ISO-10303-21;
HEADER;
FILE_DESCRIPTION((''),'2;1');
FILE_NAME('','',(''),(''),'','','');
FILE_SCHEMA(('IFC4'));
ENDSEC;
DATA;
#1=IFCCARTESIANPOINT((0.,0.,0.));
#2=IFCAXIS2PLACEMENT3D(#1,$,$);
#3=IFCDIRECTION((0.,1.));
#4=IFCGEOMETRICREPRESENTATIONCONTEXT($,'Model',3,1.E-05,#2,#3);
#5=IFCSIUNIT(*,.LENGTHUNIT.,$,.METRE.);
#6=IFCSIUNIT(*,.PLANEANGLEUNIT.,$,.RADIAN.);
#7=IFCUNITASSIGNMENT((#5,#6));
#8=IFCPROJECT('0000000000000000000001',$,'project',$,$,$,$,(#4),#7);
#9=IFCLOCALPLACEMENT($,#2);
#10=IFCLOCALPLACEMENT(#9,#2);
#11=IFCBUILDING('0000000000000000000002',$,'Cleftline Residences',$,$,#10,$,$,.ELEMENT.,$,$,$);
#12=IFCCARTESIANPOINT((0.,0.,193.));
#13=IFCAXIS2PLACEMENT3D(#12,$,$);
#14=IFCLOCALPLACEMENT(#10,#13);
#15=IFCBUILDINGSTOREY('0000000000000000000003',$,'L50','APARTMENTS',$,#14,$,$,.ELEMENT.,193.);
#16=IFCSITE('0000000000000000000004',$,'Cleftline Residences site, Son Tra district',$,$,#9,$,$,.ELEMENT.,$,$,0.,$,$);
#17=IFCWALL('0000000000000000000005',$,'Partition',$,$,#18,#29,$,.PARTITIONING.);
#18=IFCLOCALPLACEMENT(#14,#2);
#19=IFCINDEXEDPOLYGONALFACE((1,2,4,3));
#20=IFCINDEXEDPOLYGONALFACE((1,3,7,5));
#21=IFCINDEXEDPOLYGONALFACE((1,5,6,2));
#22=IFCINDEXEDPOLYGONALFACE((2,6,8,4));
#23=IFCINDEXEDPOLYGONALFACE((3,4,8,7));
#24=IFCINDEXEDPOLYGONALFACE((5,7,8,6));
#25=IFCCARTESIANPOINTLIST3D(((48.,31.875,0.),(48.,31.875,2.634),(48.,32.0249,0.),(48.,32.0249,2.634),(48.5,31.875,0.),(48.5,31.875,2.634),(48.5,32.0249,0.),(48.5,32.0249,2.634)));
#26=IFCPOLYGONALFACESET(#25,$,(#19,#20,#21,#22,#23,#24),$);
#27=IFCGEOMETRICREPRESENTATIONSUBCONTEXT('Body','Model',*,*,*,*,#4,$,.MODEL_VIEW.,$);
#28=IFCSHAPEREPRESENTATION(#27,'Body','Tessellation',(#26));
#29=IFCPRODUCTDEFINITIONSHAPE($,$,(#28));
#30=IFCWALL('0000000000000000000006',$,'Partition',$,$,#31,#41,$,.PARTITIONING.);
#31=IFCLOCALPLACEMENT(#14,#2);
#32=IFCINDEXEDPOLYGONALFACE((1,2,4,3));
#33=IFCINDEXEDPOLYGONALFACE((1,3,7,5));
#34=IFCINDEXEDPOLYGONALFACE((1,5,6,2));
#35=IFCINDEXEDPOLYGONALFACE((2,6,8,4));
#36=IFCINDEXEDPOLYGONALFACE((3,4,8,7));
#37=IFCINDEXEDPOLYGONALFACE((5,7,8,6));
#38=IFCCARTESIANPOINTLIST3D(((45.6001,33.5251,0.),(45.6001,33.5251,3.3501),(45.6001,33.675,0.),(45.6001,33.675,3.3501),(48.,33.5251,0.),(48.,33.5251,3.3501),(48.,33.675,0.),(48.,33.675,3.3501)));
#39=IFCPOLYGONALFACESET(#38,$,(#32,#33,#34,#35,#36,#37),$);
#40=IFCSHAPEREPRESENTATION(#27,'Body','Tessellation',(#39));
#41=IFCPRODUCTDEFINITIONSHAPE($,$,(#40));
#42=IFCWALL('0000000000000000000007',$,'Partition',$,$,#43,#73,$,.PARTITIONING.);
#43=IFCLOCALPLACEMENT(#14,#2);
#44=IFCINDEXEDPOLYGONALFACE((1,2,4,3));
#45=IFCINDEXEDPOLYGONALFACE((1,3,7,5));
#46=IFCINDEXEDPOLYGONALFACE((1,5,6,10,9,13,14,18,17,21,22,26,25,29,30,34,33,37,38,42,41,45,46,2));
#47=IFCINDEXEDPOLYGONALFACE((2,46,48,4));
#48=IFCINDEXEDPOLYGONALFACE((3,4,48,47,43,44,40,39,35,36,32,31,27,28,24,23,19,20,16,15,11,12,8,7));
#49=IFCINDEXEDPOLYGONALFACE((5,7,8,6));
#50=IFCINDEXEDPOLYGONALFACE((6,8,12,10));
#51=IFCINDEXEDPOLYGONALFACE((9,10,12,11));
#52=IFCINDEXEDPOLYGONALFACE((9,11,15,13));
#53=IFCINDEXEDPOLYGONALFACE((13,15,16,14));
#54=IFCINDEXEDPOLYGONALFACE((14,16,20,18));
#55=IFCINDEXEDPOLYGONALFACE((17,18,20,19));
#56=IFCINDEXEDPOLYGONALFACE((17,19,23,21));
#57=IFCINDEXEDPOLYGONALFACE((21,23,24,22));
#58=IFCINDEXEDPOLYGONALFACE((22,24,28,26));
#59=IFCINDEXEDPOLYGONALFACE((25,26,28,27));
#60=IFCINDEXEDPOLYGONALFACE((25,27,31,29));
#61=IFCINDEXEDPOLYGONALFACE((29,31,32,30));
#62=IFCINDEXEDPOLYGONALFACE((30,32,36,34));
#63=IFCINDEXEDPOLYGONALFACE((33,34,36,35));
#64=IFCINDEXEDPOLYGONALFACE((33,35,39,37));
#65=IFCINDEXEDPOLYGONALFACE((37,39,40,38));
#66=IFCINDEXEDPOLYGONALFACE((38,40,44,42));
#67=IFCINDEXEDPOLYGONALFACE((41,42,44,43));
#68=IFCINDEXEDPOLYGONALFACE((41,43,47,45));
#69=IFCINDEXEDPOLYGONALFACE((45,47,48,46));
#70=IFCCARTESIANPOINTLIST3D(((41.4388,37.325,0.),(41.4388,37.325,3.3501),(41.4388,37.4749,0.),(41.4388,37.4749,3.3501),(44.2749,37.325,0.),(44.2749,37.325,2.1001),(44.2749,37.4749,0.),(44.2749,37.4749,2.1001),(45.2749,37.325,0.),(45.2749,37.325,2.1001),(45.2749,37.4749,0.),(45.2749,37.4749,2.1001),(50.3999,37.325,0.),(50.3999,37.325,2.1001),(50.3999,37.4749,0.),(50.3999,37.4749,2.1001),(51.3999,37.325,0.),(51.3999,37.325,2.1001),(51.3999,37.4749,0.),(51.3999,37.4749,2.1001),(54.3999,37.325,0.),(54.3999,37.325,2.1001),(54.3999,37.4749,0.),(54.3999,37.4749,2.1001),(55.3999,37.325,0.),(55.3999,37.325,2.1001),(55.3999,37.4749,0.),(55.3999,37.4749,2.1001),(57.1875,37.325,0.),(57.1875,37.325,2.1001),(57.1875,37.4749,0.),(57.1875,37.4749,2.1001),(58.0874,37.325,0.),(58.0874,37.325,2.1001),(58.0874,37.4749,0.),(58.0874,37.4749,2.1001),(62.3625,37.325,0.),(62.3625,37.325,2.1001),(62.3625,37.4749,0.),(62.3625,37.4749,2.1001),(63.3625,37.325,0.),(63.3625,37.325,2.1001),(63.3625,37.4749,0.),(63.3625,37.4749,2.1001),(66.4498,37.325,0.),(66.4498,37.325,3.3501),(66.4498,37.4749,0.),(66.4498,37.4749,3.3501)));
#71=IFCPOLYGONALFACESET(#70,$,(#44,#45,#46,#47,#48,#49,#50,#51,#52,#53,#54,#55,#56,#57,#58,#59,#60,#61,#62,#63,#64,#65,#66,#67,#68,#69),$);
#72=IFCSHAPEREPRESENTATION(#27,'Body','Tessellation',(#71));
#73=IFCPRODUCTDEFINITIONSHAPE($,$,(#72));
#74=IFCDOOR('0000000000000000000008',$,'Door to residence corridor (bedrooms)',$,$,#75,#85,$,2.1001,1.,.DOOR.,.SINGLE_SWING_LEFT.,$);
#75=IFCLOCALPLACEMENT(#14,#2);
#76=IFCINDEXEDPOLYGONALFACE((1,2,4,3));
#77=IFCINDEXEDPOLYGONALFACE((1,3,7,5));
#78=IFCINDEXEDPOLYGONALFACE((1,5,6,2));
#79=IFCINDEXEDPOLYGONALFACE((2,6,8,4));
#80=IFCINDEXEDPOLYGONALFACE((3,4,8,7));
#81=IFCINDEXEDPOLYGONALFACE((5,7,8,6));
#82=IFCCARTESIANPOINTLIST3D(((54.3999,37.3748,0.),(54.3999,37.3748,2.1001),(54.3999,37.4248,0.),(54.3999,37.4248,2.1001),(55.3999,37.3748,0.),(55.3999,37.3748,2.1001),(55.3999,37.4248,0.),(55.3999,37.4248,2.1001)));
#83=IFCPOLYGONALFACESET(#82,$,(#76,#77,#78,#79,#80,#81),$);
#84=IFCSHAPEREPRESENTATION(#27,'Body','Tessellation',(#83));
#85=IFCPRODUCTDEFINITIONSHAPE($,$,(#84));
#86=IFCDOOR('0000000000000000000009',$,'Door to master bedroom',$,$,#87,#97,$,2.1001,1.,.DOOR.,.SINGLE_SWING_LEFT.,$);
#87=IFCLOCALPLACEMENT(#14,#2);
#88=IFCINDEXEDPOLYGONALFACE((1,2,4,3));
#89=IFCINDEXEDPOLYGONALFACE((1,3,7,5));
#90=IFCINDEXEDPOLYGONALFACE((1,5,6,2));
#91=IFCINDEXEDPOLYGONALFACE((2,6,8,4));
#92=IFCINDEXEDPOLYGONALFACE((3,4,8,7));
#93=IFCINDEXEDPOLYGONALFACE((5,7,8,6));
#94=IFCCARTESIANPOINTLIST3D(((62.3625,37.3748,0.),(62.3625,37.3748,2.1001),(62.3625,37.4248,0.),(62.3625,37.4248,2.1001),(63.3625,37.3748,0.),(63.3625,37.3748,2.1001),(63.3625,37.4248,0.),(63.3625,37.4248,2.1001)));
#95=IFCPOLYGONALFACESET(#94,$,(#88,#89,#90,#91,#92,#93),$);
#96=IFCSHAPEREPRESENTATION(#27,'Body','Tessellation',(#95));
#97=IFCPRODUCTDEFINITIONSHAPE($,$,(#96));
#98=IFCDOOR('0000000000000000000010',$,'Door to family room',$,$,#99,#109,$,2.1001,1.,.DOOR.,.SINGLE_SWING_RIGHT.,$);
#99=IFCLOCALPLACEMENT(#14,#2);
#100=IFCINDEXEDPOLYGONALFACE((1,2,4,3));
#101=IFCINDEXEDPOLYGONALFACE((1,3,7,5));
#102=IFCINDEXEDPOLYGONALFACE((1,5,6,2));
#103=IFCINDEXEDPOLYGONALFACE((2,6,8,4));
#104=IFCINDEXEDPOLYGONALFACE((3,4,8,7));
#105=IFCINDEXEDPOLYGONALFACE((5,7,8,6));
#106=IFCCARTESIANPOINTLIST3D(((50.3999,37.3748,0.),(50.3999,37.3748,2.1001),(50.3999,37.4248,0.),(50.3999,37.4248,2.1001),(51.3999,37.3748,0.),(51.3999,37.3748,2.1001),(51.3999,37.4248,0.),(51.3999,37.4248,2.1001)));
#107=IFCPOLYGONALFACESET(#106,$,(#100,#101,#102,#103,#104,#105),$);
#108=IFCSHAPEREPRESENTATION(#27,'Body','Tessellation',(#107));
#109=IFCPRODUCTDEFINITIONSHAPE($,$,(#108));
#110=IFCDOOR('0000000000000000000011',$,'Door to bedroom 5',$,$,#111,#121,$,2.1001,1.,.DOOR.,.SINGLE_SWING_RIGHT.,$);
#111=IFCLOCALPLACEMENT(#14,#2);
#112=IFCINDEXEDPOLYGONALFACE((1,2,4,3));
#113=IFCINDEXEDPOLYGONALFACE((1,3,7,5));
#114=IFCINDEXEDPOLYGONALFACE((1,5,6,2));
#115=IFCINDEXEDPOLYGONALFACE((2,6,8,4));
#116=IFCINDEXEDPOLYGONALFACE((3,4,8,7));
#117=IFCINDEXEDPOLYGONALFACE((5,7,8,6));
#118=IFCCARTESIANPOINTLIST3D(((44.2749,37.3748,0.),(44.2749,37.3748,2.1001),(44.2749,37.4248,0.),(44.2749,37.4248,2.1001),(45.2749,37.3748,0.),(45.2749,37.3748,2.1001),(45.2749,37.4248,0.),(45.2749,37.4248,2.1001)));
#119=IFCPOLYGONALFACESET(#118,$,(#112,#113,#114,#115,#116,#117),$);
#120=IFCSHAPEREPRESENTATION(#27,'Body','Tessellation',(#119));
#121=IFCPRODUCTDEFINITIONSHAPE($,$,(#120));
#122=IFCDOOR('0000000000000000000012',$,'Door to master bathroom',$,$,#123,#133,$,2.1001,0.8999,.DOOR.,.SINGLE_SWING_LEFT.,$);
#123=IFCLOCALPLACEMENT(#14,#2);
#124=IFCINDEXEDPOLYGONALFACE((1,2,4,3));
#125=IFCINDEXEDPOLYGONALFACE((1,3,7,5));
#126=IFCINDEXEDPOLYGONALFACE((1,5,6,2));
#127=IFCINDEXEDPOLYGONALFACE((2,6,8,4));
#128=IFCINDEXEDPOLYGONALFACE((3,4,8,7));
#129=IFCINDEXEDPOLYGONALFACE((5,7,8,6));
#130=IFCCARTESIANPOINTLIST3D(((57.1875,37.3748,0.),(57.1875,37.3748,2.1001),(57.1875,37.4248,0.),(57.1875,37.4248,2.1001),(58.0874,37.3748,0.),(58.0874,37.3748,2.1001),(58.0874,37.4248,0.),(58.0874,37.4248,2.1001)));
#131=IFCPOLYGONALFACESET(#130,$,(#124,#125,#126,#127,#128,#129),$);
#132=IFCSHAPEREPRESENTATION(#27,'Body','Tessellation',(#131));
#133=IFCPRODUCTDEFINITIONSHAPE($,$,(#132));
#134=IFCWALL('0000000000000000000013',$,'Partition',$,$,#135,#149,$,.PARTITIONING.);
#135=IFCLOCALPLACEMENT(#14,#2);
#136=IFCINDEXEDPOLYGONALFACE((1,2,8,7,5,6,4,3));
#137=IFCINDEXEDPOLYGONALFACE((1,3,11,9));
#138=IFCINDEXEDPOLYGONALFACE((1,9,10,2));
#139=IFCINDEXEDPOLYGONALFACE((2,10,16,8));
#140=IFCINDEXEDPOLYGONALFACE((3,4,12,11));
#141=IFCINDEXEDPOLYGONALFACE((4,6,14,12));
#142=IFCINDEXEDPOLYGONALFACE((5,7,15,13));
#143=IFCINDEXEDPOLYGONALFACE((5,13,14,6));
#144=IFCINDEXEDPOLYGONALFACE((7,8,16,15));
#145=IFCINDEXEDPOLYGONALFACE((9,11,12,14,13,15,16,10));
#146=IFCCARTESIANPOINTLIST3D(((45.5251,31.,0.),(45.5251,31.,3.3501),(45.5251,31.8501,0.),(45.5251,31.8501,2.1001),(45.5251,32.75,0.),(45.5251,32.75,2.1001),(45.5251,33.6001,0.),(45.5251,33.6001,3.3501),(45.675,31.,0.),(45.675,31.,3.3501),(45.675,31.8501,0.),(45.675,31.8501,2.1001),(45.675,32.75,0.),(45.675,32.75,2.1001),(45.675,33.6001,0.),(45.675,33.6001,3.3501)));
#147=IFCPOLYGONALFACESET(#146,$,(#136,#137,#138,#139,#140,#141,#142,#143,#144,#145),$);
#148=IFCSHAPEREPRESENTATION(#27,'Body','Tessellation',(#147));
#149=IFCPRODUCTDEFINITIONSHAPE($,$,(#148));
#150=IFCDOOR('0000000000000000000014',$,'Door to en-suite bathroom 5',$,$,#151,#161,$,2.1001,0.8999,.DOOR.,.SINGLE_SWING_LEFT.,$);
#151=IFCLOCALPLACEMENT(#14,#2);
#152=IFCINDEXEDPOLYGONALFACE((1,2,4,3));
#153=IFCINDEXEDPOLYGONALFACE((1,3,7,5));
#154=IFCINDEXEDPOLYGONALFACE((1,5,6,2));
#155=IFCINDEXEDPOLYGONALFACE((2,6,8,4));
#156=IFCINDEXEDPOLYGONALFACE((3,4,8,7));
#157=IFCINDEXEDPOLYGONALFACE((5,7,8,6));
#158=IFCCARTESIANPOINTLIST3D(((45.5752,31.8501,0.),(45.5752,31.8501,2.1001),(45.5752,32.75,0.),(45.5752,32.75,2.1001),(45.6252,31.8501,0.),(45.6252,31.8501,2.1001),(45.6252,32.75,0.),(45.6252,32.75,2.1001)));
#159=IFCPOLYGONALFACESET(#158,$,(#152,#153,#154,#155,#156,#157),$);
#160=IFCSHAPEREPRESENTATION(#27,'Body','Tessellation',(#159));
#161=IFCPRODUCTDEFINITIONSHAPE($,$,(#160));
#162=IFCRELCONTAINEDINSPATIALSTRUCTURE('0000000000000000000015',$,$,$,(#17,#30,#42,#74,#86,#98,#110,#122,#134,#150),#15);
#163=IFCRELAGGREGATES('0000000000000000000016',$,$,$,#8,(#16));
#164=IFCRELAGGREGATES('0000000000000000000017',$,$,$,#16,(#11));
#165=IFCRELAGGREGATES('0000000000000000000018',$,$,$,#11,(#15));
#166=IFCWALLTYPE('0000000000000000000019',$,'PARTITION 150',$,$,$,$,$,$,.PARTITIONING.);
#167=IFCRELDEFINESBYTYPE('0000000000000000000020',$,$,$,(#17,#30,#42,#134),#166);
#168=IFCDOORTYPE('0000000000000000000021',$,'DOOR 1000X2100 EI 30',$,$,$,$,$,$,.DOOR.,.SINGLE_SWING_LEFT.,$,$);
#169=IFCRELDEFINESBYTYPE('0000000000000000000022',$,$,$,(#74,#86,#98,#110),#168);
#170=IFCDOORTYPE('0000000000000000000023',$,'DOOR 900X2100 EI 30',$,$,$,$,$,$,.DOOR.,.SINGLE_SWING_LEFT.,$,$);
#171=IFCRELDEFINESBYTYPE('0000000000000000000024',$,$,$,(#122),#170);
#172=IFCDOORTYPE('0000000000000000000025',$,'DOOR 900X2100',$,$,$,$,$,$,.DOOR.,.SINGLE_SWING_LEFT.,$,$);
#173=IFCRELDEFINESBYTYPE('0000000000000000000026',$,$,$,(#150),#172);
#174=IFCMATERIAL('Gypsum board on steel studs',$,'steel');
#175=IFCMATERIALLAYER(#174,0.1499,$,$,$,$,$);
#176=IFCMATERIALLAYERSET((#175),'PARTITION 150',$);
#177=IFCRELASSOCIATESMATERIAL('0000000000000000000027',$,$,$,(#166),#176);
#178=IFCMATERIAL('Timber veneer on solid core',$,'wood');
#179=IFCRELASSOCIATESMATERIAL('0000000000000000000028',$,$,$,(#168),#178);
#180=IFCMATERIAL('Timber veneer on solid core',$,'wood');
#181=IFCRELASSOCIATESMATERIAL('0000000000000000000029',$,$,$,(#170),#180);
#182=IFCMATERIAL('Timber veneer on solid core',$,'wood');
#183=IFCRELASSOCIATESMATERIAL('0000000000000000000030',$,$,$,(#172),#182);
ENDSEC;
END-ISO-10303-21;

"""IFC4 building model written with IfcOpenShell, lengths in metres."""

from ifc_helpers import new_model, si_unit, direction, frame, frame_2d, origin, place, context, subcontext, project, spatial, rectangle, extrude, material, layer, layer_set, type_object, element, fill, save


model = new_model("IFC4")

# Units and contexts
model_context = context("Model", 3, precision=1e-05, world=origin(), true_north=direction((0.0, 1.0)))
body_context = subcontext(model_context, "Body", "Model", "MODEL_VIEW")
ifc_project = project(units=[si_unit("LENGTHUNIT", "METRE"), si_unit("PLANEANGLEUNIT", "RADIAN")], contexts=[model_context])

# Site, building, storey
site_placement = place(None, origin())
site = spatial("IfcSite", under=ifc_project, at=site_placement, Name="Cleftline Residences site, Son Tra district", CompositionType="ELEMENT", RefElevation=0.0)
building_placement = place(site_placement, origin())
building = spatial("IfcBuilding", under=site, at=building_placement, Name="Cleftline Residences", CompositionType="ELEMENT")
storey_placement = place(building_placement, frame((0.0, 0.0, 193.0)))
storey = spatial("IfcBuildingStorey", under=building, at=storey_placement, Name="L50", Description="APARTMENTS", CompositionType="ELEMENT", Elevation=193.0)

# Shared definitions
ifc_material_1 = material(Name="Gypsum board on steel studs", Category="steel")
ifc_layer_1 = layer(ifc_material_1, 0.1499)
ifc_layer_set_1 = layer_set([ifc_layer_1], Name="PARTITION 150")
wall_type_1 = type_object("IfcWallType", Name="PARTITION 150", PredefinedType="PARTITIONING", material=ifc_layer_set_1)

# Walls
wall_1_placement = place(storey_placement, frame((48.0, 31.95, 0.0), z_axis=(0.0, 0.0, 1.0), x_axis=(1.0, 0.0, 0.0)))
element("IfcWall", 1, at=wall_1_placement, inside=storey, type_object=wall_type_1, Name="Partition", PredefinedType="PARTITIONING", context=body_context, shape_type="SweptSolid", body=[
    extrude(rectangle(XDim=0.5, YDim=0.1499, at=frame_2d((0.25, 0.0))), origin(), (0.0, 0.0, 1.0), 2.634),
])
wall_2_placement = place(storey_placement, frame((45.6001, 33.6001, 0.0), z_axis=(0.0, 0.0, 1.0), x_axis=(1.0, 0.0, 0.0)))
element("IfcWall", 2, at=wall_2_placement, inside=storey, type_object=wall_type_1, Name="Partition", PredefinedType="PARTITIONING", context=body_context, shape_type="SweptSolid", body=[
    extrude(rectangle(XDim=2.3999, YDim=0.1499, at=frame_2d((1.2, 0.0))), origin(), (0.0, 0.0, 1.0), 3.3501),
])

# Wall, openings, doors
wall_3_placement = place(storey_placement, frame((41.439, 37.3999, 0.0), z_axis=(0.0, 0.0, 1.0), x_axis=(1.0, 0.0, 0.0)))
wall_3 = element("IfcWall", 3, at=wall_3_placement, inside=storey, type_object=wall_type_1, Name="Partition", PredefinedType="PARTITIONING", context=body_context, shape_type="SweptSolid", body=[
    extrude(rectangle(XDim=25.011, YDim=0.1499, at=frame_2d((12.5054, 0.0))), origin(), (0.0, 0.0, 1.0), 3.3501),
])
opening_1_placement = place(wall_3_placement, frame((12.9609, 0.0, 0.0)))
opening_1 = element("IfcOpeningElement", 4, at=opening_1_placement, cuts=wall_3, PredefinedType="OPENING", context=body_context, shape_type="SweptSolid", body=[
    extrude(rectangle(XDim=1.0, YDim=2.1001, at=frame_2d((0.5, 1.05))), frame((0.0, 0.085, 0.0), z_axis=(0.0, -1.0, 0.0), x_axis=(1.0, 0.0, 0.0)), (0.0, 0.0, 1.0), 0.1699),
])
opening_2_placement = place(wall_3_placement, frame((20.9236, 0.0, 0.0)))
opening_2 = element("IfcOpeningElement", 5, at=opening_2_placement, cuts=wall_3, PredefinedType="OPENING", context=body_context, shape_type="SweptSolid", body=[
    extrude(rectangle(XDim=1.0, YDim=2.1001, at=frame_2d((0.5, 1.05))), frame((0.0, 0.085, 0.0), z_axis=(0.0, -1.0, 0.0), x_axis=(1.0, 0.0, 0.0)), (0.0, 0.0, 1.0), 0.1699),
])
opening_3_placement = place(wall_3_placement, frame((15.7485, 0.0, 0.0)))
opening_3 = element("IfcOpeningElement", 6, at=opening_3_placement, cuts=wall_3, PredefinedType="OPENING", context=body_context, shape_type="SweptSolid", body=[
    extrude(rectangle(XDim=0.8999, YDim=2.1001, at=frame_2d((0.45, 1.05))), frame((0.0, 0.085, 0.0), z_axis=(0.0, -1.0, 0.0), x_axis=(1.0, 0.0, 0.0)), (0.0, 0.0, 1.0), 0.1699),
])
opening_4_placement = place(wall_3_placement, frame((8.9609, 0.0, 0.0)))
opening_4 = element("IfcOpeningElement", 7, at=opening_4_placement, cuts=wall_3, PredefinedType="OPENING", context=body_context, shape_type="SweptSolid", body=[
    extrude(rectangle(XDim=1.0, YDim=2.1001, at=frame_2d((0.5, 1.05))), frame((0.0, 0.085, 0.0), z_axis=(0.0, -1.0, 0.0), x_axis=(1.0, 0.0, 0.0)), (0.0, 0.0, 1.0), 0.1699),
])
opening_5_placement = place(wall_3_placement, frame((2.8359, 0.0, 0.0)))
opening_5 = element("IfcOpeningElement", 8, at=opening_5_placement, cuts=wall_3, PredefinedType="OPENING", context=body_context, shape_type="SweptSolid", body=[
    extrude(rectangle(XDim=1.0, YDim=2.1001, at=frame_2d((0.5, 1.05))), frame((0.0, 0.085, 0.0), z_axis=(0.0, -1.0, 0.0), x_axis=(1.0, 0.0, 0.0)), (0.0, 0.0, 1.0), 0.1699),
])
ifc_material_2 = material(Name="Timber veneer on solid core", Category="wood")
door_type_1 = type_object("IfcDoorType", Name="DOOR 1000X2100 EI 30", OperationType="SINGLE_SWING_LEFT", PredefinedType="DOOR", material=ifc_material_2)
door_1_placement = place(opening_1_placement, origin())
door_1 = element("IfcDoor", 9, at=door_1_placement, inside=storey, type_object=door_type_1, Name="Door to residence corridor (bedrooms)", OperationType="SINGLE_SWING_LEFT", OverallHeight=2.1001, OverallWidth=1.0, PredefinedType="DOOR", context=body_context, shape_type="SweptSolid", body=[
    extrude(rectangle(XDim=1.0, YDim=2.1001, at=frame_2d((0.5, 1.05))), frame((0.0, 0.0249, 0.0), z_axis=(0.0, -1.0, 0.0), x_axis=(1.0, 0.0, 0.0)), (0.0, 0.0, 1.0), 0.05),
])
fill(opening_1, door_1)
door_2_placement = place(opening_2_placement, origin())
door_2 = element("IfcDoor", 10, at=door_2_placement, inside=storey, type_object=door_type_1, Name="Door to master bedroom", OperationType="SINGLE_SWING_LEFT", OverallHeight=2.1001, OverallWidth=1.0, PredefinedType="DOOR", context=body_context, shape_type="SweptSolid", body=[
    extrude(rectangle(XDim=1.0, YDim=2.1001, at=frame_2d((0.5, 1.05))), frame((0.0, 0.0249, 0.0), z_axis=(0.0, -1.0, 0.0), x_axis=(1.0, 0.0, 0.0)), (0.0, 0.0, 1.0), 0.05),
])
fill(opening_2, door_2)
door_3_placement = place(opening_4_placement, origin())
door_3 = element("IfcDoor", 11, at=door_3_placement, inside=storey, type_object=door_type_1, Name="Door to family room", OperationType="SINGLE_SWING_RIGHT", OverallHeight=2.1001, OverallWidth=1.0, PredefinedType="DOOR", context=body_context, shape_type="SweptSolid", body=[
    extrude(rectangle(XDim=1.0, YDim=2.1001, at=frame_2d((0.5, 1.05))), frame((0.0, 0.0249, 0.0), z_axis=(0.0, -1.0, 0.0), x_axis=(1.0, 0.0, 0.0)), (0.0, 0.0, 1.0), 0.05),
])
fill(opening_4, door_3)
door_4_placement = place(opening_5_placement, origin())
door_4 = element("IfcDoor", 12, at=door_4_placement, inside=storey, type_object=door_type_1, Name="Door to bedroom 5", OperationType="SINGLE_SWING_RIGHT", OverallHeight=2.1001, OverallWidth=1.0, PredefinedType="DOOR", context=body_context, shape_type="SweptSolid", body=[
    extrude(rectangle(XDim=1.0, YDim=2.1001, at=frame_2d((0.5, 1.05))), frame((0.0, 0.0249, 0.0), z_axis=(0.0, -1.0, 0.0), x_axis=(1.0, 0.0, 0.0)), (0.0, 0.0, 1.0), 0.05),
])
fill(opening_5, door_4)
ifc_material_3 = material(Name="Timber veneer on solid core", Category="wood")
door_type_2 = type_object("IfcDoorType", Name="DOOR 900X2100 EI 30", OperationType="SINGLE_SWING_LEFT", PredefinedType="DOOR", material=ifc_material_3)
door_5_placement = place(opening_3_placement, origin())
door_5 = element("IfcDoor", 13, at=door_5_placement, inside=storey, type_object=door_type_2, Name="Door to master bathroom", OperationType="SINGLE_SWING_LEFT", OverallHeight=2.1001, OverallWidth=0.8999, PredefinedType="DOOR", context=body_context, shape_type="SweptSolid", body=[
    extrude(rectangle(XDim=0.8999, YDim=2.1001, at=frame_2d((0.45, 1.05))), frame((0.0, 0.0249, 0.0), z_axis=(0.0, -1.0, 0.0), x_axis=(1.0, 0.0, 0.0)), (0.0, 0.0, 1.0), 0.05),
])
fill(opening_3, door_5)

# Wall, opening, door
wall_4_placement = place(storey_placement, frame((45.6001, 31.0, 0.0), z_axis=(0.0, 0.0, 1.0), x_axis=(0.0, 1.0, 0.0)))
wall_4 = element("IfcWall", 14, at=wall_4_placement, inside=storey, type_object=wall_type_1, Name="Partition", PredefinedType="PARTITIONING", context=body_context, shape_type="SweptSolid", body=[
    extrude(rectangle(XDim=2.6001, YDim=0.1499, at=frame_2d((1.3, 0.0))), origin(), (0.0, 0.0, 1.0), 3.3501),
])
opening_6_placement = place(wall_4_placement, frame((0.8501, 0.0, 0.0)))
opening_6 = element("IfcOpeningElement", 15, at=opening_6_placement, cuts=wall_4, PredefinedType="OPENING", context=body_context, shape_type="SweptSolid", body=[
    extrude(rectangle(XDim=0.8999, YDim=2.1001, at=frame_2d((0.45, 1.05))), frame((0.0, 0.085, 0.0), z_axis=(0.0, -1.0, 0.0), x_axis=(1.0, 0.0, 0.0)), (0.0, 0.0, 1.0), 0.1699),
])
ifc_material_4 = material(Name="Timber veneer on solid core", Category="wood")
door_type_3 = type_object("IfcDoorType", Name="DOOR 900X2100", OperationType="SINGLE_SWING_LEFT", PredefinedType="DOOR", material=ifc_material_4)
door_6_placement = place(opening_6_placement, origin())
door_6 = element("IfcDoor", 16, at=door_6_placement, inside=storey, type_object=door_type_3, Name="Door to en-suite bathroom 5", OperationType="SINGLE_SWING_LEFT", OverallHeight=2.1001, OverallWidth=0.8999, PredefinedType="DOOR", context=body_context, shape_type="SweptSolid", body=[
    extrude(rectangle(XDim=0.8999, YDim=2.1001, at=frame_2d((0.45, 1.05))), frame((0.0, 0.0249, 0.0), z_axis=(0.0, -1.0, 0.0), x_axis=(1.0, 0.0, 0.0)), (0.0, 0.0, 1.0), 0.05),
])
fill(opening_6, door_6)

save(model, "model.ifc")
